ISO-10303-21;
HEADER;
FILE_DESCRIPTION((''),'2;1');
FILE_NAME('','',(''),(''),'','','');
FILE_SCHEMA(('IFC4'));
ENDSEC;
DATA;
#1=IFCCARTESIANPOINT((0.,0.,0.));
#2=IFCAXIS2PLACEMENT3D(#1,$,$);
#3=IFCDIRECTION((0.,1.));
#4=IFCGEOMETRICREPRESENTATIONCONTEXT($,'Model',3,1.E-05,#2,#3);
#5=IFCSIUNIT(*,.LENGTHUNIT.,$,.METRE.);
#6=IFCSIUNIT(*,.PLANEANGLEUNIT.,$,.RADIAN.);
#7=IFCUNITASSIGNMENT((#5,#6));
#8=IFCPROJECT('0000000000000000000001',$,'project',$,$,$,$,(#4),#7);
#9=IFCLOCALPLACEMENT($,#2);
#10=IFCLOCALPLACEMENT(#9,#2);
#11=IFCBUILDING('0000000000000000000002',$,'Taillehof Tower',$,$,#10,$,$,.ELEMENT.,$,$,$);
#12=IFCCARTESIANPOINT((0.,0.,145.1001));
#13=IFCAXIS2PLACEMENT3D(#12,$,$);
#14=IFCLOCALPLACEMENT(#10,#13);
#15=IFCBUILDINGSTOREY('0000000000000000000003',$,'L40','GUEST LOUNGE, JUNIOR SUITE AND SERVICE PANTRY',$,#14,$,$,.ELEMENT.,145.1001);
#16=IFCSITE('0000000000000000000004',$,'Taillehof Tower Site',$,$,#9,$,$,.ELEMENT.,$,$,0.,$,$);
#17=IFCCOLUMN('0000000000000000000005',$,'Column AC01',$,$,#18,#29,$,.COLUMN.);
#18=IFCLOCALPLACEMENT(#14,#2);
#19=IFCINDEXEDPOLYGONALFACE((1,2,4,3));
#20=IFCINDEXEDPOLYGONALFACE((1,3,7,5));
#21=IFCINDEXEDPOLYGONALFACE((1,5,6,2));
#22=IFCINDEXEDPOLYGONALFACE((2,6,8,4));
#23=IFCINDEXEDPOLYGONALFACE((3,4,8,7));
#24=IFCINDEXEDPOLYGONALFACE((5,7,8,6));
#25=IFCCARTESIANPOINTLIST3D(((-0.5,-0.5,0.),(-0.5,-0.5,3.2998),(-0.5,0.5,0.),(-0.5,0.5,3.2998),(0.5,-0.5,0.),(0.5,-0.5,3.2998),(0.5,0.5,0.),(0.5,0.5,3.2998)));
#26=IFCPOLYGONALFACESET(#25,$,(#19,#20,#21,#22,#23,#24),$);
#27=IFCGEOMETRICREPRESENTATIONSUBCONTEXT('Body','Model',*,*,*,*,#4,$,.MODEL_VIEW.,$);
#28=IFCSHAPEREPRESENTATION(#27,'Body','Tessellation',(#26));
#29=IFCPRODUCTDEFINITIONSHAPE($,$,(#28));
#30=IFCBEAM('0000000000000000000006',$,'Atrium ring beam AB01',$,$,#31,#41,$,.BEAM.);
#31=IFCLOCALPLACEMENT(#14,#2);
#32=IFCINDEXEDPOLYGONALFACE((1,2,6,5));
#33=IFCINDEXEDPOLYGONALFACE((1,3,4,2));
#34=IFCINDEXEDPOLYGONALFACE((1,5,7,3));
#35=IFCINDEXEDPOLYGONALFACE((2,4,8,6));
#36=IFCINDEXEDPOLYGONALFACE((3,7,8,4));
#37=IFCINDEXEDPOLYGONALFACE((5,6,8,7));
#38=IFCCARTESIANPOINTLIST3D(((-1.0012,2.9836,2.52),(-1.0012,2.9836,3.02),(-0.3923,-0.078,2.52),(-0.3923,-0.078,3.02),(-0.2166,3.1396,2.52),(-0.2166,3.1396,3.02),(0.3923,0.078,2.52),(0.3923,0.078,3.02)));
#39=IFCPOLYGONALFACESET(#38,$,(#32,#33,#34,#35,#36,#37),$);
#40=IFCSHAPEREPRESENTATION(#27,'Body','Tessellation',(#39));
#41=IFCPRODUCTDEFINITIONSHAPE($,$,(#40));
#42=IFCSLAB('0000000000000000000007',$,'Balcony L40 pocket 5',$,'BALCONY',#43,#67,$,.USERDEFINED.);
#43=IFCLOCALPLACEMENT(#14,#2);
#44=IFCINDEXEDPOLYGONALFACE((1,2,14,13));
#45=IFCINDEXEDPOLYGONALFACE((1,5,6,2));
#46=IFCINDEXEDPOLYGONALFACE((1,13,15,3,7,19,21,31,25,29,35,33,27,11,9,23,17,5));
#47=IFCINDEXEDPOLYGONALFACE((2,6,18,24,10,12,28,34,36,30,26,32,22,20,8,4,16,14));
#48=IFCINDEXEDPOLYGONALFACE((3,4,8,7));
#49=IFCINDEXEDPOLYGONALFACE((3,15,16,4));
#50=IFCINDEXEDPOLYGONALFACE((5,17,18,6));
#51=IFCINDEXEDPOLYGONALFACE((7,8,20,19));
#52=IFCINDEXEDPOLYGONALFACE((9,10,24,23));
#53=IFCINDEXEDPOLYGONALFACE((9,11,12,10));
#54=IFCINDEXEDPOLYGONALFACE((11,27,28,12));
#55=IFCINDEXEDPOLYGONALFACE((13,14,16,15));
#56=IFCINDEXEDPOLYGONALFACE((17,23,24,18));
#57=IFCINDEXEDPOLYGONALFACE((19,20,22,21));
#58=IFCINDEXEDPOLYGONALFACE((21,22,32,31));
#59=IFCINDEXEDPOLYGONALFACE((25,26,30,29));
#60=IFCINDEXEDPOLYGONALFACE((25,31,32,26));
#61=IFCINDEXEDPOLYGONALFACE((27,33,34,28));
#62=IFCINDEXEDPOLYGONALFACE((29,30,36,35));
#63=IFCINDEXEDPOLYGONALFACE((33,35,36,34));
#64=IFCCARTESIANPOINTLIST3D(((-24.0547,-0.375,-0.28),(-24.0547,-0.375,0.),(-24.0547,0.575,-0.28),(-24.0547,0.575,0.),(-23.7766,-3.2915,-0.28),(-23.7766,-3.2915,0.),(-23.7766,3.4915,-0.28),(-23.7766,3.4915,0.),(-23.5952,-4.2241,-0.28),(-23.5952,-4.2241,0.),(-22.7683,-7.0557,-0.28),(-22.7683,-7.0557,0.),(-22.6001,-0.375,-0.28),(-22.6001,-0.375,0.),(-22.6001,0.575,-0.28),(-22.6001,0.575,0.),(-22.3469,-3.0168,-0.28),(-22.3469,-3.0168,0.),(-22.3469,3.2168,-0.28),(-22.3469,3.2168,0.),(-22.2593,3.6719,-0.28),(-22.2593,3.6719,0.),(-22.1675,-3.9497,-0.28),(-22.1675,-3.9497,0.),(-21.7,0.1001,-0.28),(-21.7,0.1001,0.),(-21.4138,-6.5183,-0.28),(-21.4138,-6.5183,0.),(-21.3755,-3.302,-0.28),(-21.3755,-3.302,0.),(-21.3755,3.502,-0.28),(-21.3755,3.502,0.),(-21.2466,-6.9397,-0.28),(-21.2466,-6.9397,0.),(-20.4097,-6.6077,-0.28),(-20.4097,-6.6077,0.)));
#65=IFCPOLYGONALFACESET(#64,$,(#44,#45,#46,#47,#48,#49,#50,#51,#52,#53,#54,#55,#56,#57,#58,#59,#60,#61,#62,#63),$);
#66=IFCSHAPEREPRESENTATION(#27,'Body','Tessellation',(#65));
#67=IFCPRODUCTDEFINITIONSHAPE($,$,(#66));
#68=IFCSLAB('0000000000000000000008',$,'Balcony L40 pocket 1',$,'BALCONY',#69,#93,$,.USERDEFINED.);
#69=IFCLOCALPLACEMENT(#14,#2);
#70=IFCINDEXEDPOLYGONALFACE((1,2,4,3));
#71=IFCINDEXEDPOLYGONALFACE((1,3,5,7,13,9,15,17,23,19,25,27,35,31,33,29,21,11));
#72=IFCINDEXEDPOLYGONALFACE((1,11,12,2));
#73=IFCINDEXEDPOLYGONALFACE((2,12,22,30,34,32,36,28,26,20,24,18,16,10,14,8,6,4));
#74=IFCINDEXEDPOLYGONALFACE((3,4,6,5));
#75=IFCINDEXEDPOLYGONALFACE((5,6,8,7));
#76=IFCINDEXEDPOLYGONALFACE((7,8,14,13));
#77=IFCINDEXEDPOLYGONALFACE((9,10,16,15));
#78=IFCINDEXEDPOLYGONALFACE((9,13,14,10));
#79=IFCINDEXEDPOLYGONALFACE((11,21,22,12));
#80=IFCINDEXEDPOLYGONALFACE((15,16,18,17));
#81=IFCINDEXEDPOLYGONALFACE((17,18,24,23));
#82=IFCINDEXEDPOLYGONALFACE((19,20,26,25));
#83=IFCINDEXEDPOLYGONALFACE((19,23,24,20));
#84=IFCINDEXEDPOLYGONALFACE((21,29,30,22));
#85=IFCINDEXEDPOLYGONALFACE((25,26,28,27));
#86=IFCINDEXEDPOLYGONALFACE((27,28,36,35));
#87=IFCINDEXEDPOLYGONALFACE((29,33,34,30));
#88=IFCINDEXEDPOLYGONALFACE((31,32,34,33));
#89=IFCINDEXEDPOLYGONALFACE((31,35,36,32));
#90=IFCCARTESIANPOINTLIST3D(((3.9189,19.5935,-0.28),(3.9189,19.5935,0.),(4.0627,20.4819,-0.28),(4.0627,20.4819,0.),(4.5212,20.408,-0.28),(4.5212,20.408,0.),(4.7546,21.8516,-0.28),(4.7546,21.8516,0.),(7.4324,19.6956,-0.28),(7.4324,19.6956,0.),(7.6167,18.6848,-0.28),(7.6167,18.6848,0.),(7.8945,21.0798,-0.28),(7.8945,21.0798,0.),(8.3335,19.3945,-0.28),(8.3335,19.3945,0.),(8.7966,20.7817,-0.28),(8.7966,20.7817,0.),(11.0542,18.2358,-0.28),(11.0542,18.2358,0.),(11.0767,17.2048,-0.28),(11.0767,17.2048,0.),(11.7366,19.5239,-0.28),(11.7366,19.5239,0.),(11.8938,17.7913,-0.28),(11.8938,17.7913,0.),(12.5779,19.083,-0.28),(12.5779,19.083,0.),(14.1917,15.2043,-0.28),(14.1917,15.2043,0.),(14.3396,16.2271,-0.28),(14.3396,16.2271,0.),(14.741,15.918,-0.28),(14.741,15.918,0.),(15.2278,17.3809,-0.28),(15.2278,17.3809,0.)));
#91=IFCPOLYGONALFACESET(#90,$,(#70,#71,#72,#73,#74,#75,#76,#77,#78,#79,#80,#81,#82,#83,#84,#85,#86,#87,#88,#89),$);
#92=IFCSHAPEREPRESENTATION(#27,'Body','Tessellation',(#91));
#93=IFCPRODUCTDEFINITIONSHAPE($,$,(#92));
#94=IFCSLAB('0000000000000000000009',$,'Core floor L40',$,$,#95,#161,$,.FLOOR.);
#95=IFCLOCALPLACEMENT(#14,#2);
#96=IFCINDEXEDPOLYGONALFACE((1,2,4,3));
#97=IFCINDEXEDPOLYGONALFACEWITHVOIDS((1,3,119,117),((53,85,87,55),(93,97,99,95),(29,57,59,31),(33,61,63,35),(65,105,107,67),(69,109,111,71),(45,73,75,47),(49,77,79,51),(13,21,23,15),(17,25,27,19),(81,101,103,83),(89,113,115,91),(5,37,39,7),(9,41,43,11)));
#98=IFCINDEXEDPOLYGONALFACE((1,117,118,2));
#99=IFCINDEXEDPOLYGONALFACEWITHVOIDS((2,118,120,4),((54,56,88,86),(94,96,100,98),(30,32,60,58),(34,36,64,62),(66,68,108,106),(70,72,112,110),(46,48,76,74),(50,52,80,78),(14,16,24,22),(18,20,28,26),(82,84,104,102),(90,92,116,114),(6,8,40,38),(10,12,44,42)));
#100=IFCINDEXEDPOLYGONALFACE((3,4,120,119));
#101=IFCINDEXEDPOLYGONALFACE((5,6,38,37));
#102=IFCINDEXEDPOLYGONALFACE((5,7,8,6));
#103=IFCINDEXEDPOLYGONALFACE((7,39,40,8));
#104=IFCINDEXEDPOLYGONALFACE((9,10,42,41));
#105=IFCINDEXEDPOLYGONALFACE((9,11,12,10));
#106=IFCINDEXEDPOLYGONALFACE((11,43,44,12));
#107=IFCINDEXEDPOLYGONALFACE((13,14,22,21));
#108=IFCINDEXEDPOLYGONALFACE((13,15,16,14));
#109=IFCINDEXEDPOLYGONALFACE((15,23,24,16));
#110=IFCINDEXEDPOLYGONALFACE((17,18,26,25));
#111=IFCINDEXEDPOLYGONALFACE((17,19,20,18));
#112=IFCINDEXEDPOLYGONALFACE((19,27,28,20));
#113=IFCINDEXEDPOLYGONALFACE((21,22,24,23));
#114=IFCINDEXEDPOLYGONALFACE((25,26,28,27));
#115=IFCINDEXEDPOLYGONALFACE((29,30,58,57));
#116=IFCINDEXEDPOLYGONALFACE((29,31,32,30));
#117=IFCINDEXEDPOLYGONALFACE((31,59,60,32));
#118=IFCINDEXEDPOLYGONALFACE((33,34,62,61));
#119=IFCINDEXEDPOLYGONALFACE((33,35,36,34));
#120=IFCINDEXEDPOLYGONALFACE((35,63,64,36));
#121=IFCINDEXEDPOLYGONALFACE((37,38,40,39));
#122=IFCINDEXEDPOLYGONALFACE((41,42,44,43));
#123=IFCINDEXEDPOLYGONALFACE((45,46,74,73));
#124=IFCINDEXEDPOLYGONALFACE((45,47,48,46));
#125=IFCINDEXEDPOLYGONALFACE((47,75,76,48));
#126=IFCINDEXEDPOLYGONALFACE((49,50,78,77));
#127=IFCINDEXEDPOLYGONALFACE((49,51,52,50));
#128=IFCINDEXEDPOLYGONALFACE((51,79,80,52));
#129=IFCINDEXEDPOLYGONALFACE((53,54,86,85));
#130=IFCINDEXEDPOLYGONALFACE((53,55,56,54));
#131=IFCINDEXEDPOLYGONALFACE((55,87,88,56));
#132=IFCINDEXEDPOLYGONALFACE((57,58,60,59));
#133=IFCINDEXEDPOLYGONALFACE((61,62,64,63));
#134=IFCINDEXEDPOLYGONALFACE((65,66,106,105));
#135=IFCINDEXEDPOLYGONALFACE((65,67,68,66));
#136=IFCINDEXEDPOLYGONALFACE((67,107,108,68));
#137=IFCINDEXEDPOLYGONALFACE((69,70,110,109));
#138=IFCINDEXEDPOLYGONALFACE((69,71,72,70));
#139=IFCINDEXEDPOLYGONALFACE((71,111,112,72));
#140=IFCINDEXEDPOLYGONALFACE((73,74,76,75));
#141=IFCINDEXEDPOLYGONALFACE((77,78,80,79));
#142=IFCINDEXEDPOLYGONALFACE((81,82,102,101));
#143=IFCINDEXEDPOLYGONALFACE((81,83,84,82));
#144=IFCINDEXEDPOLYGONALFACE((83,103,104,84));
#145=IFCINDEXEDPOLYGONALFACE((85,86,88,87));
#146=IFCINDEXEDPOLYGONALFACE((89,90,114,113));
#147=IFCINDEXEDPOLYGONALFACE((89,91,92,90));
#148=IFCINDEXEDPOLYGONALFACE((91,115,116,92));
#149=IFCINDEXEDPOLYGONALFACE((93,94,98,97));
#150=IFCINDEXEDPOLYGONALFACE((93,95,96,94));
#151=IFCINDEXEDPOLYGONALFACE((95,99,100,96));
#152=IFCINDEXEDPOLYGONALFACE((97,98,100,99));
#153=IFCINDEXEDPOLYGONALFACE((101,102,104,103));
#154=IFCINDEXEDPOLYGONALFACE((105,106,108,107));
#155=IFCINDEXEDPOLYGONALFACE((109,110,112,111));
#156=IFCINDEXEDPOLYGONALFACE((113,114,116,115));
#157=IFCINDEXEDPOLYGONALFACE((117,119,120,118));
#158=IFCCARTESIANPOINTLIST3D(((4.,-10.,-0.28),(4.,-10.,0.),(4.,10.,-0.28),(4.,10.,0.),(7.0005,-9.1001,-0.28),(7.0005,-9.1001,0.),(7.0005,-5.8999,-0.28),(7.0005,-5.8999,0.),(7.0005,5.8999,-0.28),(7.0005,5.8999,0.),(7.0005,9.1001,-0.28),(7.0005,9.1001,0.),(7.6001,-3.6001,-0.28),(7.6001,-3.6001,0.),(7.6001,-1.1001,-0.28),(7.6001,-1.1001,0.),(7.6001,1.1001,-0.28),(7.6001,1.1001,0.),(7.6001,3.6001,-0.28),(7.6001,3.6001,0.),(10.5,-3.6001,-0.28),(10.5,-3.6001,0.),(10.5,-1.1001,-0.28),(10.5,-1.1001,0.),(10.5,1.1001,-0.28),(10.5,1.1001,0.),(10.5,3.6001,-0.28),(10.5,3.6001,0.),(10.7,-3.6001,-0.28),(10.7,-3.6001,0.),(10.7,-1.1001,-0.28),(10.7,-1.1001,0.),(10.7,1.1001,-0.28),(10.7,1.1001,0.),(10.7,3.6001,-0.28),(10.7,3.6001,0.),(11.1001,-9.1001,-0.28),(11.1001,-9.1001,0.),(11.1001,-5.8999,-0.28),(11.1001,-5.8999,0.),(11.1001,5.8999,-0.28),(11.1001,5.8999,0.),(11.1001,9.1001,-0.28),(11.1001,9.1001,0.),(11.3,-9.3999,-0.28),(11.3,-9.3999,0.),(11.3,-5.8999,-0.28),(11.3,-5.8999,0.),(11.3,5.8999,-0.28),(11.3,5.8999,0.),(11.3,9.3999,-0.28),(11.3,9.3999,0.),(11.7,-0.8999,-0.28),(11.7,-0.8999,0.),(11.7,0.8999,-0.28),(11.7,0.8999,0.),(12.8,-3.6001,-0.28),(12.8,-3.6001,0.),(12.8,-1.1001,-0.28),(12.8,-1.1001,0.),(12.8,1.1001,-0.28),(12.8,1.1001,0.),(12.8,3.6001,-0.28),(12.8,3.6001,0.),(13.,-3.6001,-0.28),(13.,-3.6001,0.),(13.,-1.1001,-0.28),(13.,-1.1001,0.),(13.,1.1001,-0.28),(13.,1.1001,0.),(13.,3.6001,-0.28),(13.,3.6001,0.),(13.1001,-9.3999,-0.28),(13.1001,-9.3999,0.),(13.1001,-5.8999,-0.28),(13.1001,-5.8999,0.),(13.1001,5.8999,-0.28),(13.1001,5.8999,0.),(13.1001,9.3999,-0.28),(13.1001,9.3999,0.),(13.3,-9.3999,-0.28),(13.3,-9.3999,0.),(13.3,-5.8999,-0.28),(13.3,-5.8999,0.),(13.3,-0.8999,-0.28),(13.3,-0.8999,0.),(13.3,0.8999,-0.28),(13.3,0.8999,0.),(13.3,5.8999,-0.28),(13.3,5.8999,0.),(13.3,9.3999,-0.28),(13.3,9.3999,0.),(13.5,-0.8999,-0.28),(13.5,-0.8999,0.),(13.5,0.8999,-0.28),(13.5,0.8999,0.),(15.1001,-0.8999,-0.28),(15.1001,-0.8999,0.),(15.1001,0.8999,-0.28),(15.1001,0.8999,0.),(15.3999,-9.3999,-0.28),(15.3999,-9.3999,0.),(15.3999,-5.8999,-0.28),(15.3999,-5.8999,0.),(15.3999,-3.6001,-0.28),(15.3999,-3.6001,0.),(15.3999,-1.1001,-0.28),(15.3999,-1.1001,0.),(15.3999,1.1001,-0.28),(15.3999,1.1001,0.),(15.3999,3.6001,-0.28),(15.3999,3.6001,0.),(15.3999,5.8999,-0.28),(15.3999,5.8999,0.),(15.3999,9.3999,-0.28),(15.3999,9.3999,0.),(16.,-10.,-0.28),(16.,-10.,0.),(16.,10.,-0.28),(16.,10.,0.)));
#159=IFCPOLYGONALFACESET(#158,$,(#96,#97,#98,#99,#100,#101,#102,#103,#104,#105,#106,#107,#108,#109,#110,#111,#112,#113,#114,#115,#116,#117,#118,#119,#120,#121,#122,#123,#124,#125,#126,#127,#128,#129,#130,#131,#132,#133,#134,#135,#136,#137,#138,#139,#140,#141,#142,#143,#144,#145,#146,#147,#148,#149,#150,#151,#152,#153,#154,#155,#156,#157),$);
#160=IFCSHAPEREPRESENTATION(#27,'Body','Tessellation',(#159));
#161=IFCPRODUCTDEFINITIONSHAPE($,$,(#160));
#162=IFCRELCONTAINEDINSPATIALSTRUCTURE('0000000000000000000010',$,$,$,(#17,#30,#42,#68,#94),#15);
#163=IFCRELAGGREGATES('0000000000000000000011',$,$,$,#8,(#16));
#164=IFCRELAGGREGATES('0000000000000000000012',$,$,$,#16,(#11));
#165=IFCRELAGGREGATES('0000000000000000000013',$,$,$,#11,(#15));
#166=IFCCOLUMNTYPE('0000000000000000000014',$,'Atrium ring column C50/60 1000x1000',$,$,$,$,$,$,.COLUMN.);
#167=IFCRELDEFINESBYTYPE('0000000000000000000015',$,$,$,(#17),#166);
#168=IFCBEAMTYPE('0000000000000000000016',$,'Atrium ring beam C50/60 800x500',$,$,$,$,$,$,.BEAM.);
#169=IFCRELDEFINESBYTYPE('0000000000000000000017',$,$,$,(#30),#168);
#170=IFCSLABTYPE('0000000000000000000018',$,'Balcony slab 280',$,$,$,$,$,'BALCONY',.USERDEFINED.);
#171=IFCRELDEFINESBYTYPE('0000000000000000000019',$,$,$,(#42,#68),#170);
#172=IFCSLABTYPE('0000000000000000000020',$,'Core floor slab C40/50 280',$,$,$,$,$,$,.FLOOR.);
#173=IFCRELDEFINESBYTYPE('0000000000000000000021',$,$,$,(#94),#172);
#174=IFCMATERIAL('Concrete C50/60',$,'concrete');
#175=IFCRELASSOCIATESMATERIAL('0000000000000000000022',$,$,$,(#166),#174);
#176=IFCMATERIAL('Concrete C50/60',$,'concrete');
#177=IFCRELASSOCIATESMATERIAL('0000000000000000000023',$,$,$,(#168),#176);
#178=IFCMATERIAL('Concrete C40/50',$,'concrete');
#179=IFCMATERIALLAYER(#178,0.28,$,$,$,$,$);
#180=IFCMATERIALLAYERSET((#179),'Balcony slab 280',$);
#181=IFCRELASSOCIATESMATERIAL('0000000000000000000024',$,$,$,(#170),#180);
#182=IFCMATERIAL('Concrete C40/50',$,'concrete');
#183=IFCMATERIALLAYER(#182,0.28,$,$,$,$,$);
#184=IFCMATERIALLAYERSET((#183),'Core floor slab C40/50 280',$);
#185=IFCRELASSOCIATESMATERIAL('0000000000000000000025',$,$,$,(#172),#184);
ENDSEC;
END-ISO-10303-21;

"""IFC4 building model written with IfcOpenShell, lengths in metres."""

from ifc_helpers import new_model, si_unit, direction, frame, origin, origin_with_axes, origin_2d, place, context, subcontext, project, spatial, polyline, rectangle, outline, extrude, material, layer, layer_set, material_profile, profile_set, type_object, element, save


model = new_model("IFC4")

# Units and contexts
model_context = context("Model", 3, precision=1e-05, world=origin(), true_north=direction((0.0, 1.0)))
body_context = subcontext(model_context, "Body", "Model", "MODEL_VIEW")
ifc_project = project(units=[si_unit("LENGTHUNIT", "METRE"), si_unit("PLANEANGLEUNIT", "RADIAN")], contexts=[model_context])

# Site, building, storey
site_placement = place(None, origin())
site = spatial("IfcSite", under=ifc_project, at=site_placement, Name="Taillehof Tower Site", CompositionType="ELEMENT", RefElevation=0.0)
building_placement = place(site_placement, origin())
building = spatial("IfcBuilding", under=site, at=building_placement, Name="Taillehof Tower", CompositionType="ELEMENT")
storey_placement = place(building_placement, frame((0.0, 0.0, 145.1001)))
storey = spatial("IfcBuildingStorey", under=building, at=storey_placement, Name="L40", Description="GUEST LOUNGE, JUNIOR SUITE AND SERVICE PANTRY", CompositionType="ELEMENT", Elevation=145.1001)

# Column
ifc_material_1 = material(Name="Concrete C50/60", Category="concrete")
ifc_material_profile_1 = material_profile(ifc_material_1, rectangle(XDim=1.0, YDim=1.0, at=origin_2d()), Name="RC 1000x1000")
ifc_profile_set_1 = profile_set([ifc_material_profile_1], Name="Concrete C50/60")
column_type = type_object("IfcColumnType", Name="Atrium ring column C50/60 1000x1000", PredefinedType="COLUMN", material=ifc_profile_set_1)
column_placement = place(storey_placement, origin_with_axes())
element("IfcColumn", 1, at=column_placement, inside=storey, type_object=column_type, Name="Column AC01", PredefinedType="COLUMN", context=body_context, shape_type="SweptSolid", body=[
    extrude(rectangle(XDim=1.0, YDim=1.0, at=origin_2d()), origin(), (0.0, 0.0, 1.0), 3.2998),
])

# Beam
ifc_material_2 = material(Name="Concrete C50/60", Category="concrete")
ifc_material_profile_2 = material_profile(ifc_material_2, rectangle(XDim=0.8, YDim=0.5, at=origin_2d()), Name="RC 800x500")
ifc_profile_set_2 = profile_set([ifc_material_profile_2], Name="Concrete C50/60")
beam_type = type_object("IfcBeamType", Name="Atrium ring beam C50/60 800x500", PredefinedType="BEAM", material=ifc_profile_set_2)
beam_placement = place(storey_placement, frame((0.0, 0.0, 2.77), z_axis=(-0.195063, 0.980791, 0.0), x_axis=(-0.980791, -0.195063, 0.0)))
element("IfcBeam", 2, at=beam_placement, inside=storey, type_object=beam_type, Name="Atrium ring beam AB01", PredefinedType="BEAM", context=body_context, shape_type="SweptSolid", body=[
    extrude(rectangle(XDim=0.8, YDim=0.5, at=origin_2d()), origin(), (0.0, 0.0, 1.0), 3.1216),
])

# Slabs
ifc_material_3 = material(Name="Concrete C40/50", Category="concrete")
ifc_layer_1 = layer(ifc_material_3, 0.28)
ifc_layer_set_1 = layer_set([ifc_layer_1], Name="Balcony slab 280")
slab_type_1 = type_object("IfcSlabType", Name="Balcony slab 280", ElementType="BALCONY", PredefinedType="USERDEFINED", material=ifc_layer_set_1)
slab_1_placement = place(storey_placement, frame((0.0, 0.0, -0.28)))
element("IfcSlab", 3, at=slab_1_placement, inside=storey, type_object=slab_type_1, Name="Balcony L40 pocket 5", ObjectType="BALCONY", PredefinedType="USERDEFINED", context=body_context, shape_type="SweptSolid", body=[
    extrude(outline(polyline([(-20.4097, -6.6077), (-21.2466, -6.9397), (-21.4138, -6.5183), (-22.7683, -7.0557), (-23.5952, -4.2241), (-22.1675, -3.9497), (-22.3469, -3.0168), (-23.7766, -3.2915), (-24.0547, -0.375), (-22.6001, -0.375), (-22.6001, 0.575), (-24.0547, 0.575), (-23.7766, 3.4915), (-22.3469, 3.2168), (-22.2593, 3.6719), (-21.3755, 3.502), (-21.7, 0.1001), (-21.3755, -3.302), (-20.4097, -6.6077)])), origin(), (0.0, 0.0, 1.0), 0.28),
])
slab_2_placement = place(storey_placement, frame((0.0, 0.0, -0.28)))
element("IfcSlab", 4, at=slab_2_placement, inside=storey, type_object=slab_type_1, Name="Balcony L40 pocket 1", ObjectType="BALCONY", PredefinedType="USERDEFINED", context=body_context, shape_type="SweptSolid", body=[
    extrude(outline(polyline([(3.9189, 19.5935), (4.0627, 20.4819), (4.5212, 20.408), (4.7546, 21.8516), (7.8945, 21.0798), (7.4324, 19.6956), (8.3335, 19.3945), (8.7966, 20.7817), (11.7366, 19.5239), (11.0542, 18.2358), (11.8938, 17.7913), (12.5779, 19.083), (15.2278, 17.3809), (14.3396, 16.2271), (14.741, 15.918), (14.1917, 15.2043), (11.0767, 17.2048), (7.6167, 18.6848), (3.9189, 19.5935)])), origin(), (0.0, 0.0, 1.0), 0.28),
])
ifc_material_4 = material(Name="Concrete C40/50", Category="concrete")
ifc_layer_2 = layer(ifc_material_4, 0.28)
ifc_layer_set_2 = layer_set([ifc_layer_2], Name="Core floor slab C40/50 280")
slab_type_2 = type_object("IfcSlabType", Name="Core floor slab C40/50 280", PredefinedType="FLOOR", material=ifc_layer_set_2)
slab_3_placement = place(storey_placement, frame((0.0, 0.0, -0.28)))
element("IfcSlab", 5, at=slab_3_placement, inside=storey, type_object=slab_type_2, Name="Core floor L40", PredefinedType="FLOOR", context=body_context, shape_type="SweptSolid", body=[
    extrude(outline(polyline([(4.0, -10.0), (4.0, 10.0), (16.0, 10.0), (16.0, -10.0), (4.0, -10.0)]), holes=[polyline([(11.1001, -9.1001), (11.1001, -5.8999), (7.0005, -5.8999), (7.0005, -9.1001), (11.1001, -9.1001)]), polyline([(10.5, -3.6001), (10.5, -1.1001), (7.6001, -1.1001), (7.6001, -3.6001), (10.5, -3.6001)]), polyline([(12.8, -3.6001), (12.8, -1.1001), (10.7, -1.1001), (10.7, -3.6001), (12.8, -3.6001)]), polyline([(10.5, 1.1001), (10.5, 3.6001), (7.6001, 3.6001), (7.6001, 1.1001), (10.5, 1.1001)]), polyline([(12.8, 1.1001), (12.8, 3.6001), (10.7, 3.6001), (10.7, 1.1001), (12.8, 1.1001)]), polyline([(11.1001, 5.8999), (11.1001, 9.1001), (7.0005, 9.1001), (7.0005, 5.8999), (11.1001, 5.8999)]), polyline([(13.1001, 5.8999), (13.1001, 9.3999), (11.3, 9.3999), (11.3, 5.8999), (13.1001, 5.8999)]), polyline([(13.1001, -5.8999), (11.3, -5.8999), (11.3, -9.3999), (13.1001, -9.3999), (13.1001, -5.8999)]), polyline([(15.3999, -9.3999), (15.3999, -5.8999), (13.3, -5.8999), (13.3, -9.3999), (15.3999, -9.3999)]), polyline([(15.3999, -3.6001), (15.3999, -1.1001), (13.0, -1.1001), (13.0, -3.6001), (15.3999, -3.6001)]), polyline([(13.3, -0.8999), (13.3, 0.8999), (11.7, 0.8999), (11.7, -0.8999), (13.3, -0.8999)]), polyline([(15.1001, -0.8999), (15.1001, 0.8999), (13.5, 0.8999), (13.5, -0.8999), (15.1001, -0.8999)]), polyline([(15.3999, 1.1001), (15.3999, 3.6001), (13.0, 3.6001), (13.0, 1.1001), (15.3999, 1.1001)]), polyline([(15.3999, 5.8999), (15.3999, 9.3999), (13.3, 9.3999), (13.3, 5.8999), (15.3999, 5.8999)])]), origin(), (0.0, 0.0, 1.0), 0.28),
])

save(model, "model.ifc")
